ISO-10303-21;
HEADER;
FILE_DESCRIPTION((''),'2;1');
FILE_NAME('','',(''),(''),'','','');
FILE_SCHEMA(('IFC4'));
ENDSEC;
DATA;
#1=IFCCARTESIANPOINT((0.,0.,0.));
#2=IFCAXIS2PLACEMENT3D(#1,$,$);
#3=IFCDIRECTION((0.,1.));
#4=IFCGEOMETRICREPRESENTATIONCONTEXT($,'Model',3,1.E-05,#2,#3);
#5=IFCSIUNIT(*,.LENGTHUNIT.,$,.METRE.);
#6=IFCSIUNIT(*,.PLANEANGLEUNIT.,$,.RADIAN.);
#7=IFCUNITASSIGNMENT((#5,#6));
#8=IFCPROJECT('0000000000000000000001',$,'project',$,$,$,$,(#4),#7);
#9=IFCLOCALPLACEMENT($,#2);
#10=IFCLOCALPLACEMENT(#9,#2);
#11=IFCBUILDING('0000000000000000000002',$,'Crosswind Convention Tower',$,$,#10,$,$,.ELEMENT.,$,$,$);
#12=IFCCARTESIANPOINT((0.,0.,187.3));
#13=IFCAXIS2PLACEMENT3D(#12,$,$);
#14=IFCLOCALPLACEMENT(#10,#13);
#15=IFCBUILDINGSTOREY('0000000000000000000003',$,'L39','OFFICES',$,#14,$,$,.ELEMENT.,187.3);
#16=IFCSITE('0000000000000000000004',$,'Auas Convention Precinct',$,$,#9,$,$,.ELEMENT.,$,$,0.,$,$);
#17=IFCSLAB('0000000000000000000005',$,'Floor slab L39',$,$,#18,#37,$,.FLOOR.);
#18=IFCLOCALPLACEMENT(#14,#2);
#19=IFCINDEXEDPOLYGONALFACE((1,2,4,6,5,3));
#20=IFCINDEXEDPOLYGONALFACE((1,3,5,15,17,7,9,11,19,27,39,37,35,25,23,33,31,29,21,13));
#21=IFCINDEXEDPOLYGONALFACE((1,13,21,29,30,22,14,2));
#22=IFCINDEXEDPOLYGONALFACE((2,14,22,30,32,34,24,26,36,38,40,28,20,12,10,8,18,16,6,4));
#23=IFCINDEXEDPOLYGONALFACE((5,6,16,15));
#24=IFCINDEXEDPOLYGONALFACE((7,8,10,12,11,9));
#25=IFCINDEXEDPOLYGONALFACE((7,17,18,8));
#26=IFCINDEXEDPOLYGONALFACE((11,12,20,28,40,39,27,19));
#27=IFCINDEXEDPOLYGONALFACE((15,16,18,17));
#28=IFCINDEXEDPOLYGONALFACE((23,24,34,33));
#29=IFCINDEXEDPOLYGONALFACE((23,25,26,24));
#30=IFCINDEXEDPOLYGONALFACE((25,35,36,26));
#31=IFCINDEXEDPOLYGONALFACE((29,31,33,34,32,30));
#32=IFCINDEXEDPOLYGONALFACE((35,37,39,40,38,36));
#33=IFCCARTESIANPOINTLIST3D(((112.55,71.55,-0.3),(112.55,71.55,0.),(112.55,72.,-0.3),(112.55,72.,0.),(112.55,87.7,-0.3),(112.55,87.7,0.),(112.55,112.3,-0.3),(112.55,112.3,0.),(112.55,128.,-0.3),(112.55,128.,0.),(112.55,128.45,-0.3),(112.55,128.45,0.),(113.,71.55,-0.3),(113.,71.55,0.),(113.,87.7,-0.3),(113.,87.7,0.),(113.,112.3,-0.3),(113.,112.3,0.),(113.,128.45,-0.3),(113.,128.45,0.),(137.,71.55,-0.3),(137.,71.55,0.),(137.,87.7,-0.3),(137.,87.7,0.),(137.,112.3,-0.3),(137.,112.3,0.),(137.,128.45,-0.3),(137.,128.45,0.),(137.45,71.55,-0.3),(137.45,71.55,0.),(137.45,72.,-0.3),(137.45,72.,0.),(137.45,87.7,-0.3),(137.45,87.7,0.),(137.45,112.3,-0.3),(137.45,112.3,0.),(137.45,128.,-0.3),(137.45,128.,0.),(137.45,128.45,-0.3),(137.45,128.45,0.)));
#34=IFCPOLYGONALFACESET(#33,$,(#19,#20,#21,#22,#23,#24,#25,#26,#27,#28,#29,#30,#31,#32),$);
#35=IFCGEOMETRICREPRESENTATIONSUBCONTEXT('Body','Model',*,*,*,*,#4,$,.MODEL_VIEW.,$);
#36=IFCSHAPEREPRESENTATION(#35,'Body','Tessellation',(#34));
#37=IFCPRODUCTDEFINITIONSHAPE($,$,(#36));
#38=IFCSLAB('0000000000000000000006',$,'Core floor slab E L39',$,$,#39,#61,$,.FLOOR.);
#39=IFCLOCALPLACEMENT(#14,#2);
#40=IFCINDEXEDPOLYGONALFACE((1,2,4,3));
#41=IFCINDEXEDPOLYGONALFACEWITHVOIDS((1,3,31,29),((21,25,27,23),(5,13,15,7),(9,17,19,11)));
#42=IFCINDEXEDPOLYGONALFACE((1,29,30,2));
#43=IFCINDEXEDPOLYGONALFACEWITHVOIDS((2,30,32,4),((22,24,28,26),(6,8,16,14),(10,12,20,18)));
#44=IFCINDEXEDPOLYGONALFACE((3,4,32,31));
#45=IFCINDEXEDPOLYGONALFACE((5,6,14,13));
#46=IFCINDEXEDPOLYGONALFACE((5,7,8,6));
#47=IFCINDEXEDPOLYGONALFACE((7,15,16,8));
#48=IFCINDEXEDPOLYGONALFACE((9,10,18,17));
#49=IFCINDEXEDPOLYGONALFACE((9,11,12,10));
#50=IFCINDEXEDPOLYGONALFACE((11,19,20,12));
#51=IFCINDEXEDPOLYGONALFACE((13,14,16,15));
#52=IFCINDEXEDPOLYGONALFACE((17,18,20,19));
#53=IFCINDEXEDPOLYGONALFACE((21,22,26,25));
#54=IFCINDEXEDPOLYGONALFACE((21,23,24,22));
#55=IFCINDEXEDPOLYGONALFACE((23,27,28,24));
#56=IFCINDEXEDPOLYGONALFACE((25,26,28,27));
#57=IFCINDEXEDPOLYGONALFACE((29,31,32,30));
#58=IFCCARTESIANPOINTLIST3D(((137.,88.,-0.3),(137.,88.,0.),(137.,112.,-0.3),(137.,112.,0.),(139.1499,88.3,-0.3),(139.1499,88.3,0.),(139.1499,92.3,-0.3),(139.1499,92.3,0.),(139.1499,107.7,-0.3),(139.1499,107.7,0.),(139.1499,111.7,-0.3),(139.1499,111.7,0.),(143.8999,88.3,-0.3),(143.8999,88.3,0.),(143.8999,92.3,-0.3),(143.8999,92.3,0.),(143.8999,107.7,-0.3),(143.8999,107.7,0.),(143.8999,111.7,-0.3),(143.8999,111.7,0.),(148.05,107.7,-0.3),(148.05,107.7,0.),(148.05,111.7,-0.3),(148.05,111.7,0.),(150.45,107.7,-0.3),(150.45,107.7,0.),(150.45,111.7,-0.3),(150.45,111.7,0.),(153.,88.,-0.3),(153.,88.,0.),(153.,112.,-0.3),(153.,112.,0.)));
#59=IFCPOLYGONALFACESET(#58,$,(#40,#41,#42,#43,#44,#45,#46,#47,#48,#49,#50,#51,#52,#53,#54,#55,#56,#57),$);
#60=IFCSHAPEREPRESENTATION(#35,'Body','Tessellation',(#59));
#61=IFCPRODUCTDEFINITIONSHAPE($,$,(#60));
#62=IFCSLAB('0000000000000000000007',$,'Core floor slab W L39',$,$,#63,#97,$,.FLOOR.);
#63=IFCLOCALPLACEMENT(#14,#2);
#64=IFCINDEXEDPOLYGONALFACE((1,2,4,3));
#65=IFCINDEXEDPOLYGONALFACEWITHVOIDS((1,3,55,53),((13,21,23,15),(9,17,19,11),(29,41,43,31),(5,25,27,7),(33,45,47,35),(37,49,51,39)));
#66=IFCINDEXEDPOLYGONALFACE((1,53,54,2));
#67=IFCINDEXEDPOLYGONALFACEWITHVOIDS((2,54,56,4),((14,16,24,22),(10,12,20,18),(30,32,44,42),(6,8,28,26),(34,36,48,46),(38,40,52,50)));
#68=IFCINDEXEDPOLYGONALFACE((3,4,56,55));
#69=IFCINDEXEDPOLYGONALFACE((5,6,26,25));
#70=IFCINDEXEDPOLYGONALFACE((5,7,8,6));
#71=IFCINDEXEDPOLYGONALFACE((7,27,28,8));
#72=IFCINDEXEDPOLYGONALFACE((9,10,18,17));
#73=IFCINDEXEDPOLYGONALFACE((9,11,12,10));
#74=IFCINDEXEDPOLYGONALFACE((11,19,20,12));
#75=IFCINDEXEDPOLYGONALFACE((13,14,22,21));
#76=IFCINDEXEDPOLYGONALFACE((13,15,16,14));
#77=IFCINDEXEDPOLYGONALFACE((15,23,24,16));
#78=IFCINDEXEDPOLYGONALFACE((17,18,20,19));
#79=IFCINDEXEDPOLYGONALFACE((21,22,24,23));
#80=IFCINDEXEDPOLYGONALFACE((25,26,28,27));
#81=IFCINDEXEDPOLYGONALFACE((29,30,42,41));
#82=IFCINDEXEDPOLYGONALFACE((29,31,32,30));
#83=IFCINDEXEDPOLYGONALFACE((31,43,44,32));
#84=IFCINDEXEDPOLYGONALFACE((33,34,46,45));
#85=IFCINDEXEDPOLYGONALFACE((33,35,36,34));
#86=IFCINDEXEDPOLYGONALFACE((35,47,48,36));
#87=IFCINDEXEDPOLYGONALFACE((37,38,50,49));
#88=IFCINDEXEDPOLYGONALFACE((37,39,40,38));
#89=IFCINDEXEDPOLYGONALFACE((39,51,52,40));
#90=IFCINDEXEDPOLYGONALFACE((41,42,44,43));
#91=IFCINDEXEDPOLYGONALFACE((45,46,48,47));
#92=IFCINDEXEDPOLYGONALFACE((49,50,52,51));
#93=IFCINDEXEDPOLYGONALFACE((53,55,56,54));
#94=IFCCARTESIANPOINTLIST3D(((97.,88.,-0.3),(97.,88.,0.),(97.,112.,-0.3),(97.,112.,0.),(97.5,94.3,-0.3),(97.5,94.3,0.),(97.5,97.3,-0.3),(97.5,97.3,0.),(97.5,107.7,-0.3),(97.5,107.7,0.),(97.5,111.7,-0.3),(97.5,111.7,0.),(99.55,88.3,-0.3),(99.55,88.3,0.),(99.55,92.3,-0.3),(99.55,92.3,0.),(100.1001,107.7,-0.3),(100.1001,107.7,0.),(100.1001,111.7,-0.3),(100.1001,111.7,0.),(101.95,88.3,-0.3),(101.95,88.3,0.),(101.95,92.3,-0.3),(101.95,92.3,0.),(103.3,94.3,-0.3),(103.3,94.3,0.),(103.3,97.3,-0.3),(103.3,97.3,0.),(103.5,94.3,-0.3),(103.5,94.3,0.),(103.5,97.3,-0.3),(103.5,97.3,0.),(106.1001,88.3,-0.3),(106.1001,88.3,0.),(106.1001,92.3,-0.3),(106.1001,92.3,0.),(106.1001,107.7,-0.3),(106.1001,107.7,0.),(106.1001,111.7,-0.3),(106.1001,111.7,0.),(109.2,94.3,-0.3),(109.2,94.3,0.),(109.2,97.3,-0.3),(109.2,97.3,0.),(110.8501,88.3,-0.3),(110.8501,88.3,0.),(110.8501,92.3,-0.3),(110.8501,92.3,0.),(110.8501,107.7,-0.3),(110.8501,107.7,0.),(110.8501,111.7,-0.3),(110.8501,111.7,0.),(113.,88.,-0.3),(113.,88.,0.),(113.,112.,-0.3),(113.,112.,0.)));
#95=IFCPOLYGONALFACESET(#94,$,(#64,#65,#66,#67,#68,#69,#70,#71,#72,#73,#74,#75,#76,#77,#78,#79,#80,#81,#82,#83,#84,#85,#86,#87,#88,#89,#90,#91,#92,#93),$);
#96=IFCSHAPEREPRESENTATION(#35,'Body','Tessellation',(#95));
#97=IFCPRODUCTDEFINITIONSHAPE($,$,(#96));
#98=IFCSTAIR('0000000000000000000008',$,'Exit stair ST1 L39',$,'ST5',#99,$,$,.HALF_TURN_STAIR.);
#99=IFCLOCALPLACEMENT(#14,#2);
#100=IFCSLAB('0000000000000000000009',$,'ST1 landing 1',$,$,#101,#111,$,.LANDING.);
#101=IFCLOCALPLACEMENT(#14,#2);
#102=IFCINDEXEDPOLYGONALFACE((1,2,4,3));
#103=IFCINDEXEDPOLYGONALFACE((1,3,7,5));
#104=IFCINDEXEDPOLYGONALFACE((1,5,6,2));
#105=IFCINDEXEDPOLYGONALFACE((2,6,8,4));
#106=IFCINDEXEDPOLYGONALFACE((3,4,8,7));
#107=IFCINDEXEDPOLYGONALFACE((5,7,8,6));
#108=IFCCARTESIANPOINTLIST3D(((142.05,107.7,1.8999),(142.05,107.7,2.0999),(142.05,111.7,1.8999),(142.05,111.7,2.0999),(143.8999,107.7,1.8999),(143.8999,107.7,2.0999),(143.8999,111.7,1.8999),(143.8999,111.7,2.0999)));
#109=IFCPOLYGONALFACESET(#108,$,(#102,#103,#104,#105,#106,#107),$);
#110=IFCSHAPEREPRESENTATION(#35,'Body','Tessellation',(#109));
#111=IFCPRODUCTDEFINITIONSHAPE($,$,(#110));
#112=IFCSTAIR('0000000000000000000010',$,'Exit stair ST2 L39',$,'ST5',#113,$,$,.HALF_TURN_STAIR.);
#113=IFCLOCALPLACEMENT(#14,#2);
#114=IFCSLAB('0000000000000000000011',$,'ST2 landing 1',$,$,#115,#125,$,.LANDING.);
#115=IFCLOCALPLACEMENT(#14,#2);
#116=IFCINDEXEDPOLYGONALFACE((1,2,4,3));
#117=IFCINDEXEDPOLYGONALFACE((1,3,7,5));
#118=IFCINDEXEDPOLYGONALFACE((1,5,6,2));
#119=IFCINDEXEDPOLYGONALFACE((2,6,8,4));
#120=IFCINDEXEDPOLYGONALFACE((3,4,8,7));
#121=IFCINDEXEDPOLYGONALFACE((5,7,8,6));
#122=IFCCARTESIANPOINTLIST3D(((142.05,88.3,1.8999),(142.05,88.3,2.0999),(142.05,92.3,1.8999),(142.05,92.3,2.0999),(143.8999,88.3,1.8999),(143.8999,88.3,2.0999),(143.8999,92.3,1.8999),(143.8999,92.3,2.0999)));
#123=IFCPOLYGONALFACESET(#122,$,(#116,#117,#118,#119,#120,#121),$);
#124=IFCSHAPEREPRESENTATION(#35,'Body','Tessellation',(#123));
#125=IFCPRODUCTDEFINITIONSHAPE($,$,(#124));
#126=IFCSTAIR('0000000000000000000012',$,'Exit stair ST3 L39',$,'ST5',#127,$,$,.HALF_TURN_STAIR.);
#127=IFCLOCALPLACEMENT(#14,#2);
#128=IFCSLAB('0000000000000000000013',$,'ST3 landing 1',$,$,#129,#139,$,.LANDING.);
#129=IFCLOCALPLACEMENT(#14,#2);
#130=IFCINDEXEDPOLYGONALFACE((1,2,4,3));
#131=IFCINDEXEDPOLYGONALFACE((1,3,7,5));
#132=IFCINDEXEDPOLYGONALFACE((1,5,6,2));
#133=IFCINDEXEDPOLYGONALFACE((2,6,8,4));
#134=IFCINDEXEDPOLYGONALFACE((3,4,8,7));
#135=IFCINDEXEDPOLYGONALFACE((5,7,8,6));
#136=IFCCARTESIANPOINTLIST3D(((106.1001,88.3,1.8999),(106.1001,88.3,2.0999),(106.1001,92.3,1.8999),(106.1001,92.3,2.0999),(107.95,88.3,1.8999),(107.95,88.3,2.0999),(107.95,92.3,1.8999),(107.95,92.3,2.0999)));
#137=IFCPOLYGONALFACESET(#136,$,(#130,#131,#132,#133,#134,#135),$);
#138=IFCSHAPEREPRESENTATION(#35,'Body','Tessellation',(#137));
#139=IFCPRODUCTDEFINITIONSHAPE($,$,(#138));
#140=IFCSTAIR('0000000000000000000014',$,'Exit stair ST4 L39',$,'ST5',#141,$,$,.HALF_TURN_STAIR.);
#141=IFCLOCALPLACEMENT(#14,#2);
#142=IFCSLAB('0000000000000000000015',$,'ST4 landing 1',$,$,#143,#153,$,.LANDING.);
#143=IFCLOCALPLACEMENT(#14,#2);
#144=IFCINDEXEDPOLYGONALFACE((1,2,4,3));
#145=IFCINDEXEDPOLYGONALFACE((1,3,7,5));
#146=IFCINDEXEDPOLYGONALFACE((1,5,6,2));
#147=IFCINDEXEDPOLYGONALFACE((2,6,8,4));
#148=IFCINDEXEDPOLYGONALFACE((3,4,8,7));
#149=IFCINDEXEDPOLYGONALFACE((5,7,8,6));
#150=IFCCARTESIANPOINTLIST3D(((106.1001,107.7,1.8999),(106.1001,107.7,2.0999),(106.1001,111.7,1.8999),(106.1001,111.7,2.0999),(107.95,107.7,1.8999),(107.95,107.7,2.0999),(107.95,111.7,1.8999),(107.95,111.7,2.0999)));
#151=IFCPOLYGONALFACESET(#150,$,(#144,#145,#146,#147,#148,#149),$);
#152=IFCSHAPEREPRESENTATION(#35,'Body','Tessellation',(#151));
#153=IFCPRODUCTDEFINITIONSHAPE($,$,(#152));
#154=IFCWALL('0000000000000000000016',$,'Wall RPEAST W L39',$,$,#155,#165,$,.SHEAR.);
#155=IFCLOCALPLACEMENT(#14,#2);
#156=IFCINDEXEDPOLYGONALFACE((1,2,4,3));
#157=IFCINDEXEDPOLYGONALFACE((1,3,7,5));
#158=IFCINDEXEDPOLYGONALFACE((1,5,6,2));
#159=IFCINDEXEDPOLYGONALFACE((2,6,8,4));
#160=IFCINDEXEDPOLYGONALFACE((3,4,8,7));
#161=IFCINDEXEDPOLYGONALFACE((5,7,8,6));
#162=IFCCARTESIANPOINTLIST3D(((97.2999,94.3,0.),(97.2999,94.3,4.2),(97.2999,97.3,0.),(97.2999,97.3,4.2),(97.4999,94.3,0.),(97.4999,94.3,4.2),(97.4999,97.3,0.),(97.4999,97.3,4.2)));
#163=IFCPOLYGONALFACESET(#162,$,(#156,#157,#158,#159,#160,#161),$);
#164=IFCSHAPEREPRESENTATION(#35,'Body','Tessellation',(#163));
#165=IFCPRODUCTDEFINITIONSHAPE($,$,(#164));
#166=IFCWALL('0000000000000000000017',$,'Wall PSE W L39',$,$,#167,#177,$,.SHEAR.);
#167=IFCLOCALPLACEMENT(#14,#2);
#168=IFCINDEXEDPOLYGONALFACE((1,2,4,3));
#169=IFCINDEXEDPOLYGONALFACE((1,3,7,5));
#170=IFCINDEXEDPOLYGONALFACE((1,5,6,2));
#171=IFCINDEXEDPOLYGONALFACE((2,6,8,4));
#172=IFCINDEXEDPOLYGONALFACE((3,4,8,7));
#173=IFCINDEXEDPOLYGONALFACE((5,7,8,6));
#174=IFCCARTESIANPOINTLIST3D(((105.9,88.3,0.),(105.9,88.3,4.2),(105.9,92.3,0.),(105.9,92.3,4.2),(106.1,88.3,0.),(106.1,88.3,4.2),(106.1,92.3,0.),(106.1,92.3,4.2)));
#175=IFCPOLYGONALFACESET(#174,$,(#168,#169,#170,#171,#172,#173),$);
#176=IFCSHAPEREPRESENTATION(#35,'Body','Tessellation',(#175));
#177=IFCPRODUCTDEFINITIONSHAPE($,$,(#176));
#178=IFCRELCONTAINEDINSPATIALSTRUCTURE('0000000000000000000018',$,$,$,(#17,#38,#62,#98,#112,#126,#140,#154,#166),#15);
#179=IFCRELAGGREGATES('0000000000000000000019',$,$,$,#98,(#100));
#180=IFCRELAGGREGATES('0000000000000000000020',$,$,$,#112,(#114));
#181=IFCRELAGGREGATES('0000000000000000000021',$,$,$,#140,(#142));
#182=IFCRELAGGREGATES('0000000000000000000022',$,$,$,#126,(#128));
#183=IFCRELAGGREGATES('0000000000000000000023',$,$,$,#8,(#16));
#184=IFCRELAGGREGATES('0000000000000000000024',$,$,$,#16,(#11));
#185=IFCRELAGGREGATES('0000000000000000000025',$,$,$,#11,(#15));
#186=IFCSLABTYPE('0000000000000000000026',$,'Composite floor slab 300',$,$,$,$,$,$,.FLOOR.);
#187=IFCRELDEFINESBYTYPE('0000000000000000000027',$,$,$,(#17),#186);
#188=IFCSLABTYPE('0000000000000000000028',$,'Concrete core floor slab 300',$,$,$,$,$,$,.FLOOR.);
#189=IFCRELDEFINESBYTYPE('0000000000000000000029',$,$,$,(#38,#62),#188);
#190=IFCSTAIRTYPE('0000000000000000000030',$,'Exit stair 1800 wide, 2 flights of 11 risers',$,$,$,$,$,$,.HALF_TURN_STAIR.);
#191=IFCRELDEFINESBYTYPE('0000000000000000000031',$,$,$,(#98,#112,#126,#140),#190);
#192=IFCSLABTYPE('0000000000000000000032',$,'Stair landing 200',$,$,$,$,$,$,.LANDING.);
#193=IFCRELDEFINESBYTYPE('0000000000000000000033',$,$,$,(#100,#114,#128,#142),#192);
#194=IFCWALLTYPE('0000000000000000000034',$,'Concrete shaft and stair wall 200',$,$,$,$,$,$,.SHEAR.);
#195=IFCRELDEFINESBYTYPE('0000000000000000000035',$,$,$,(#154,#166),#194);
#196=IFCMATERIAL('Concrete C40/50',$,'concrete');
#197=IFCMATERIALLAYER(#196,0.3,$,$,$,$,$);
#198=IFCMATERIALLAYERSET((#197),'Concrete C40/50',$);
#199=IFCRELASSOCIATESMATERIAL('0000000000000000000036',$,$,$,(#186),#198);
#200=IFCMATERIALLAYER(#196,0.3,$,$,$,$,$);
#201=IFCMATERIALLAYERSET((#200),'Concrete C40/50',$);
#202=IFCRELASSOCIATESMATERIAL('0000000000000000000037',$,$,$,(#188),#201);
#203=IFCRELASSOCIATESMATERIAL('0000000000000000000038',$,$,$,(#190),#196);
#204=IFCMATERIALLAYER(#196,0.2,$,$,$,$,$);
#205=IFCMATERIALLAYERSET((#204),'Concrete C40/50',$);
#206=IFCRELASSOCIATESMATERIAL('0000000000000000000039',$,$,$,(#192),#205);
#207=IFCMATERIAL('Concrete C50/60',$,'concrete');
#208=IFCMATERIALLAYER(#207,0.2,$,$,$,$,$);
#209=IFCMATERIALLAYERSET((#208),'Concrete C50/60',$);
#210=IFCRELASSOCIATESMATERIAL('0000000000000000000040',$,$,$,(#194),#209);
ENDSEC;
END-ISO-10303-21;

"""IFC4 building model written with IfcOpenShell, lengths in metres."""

from ifc_helpers import new_model, si_unit, direction, frame, frame_2d, origin, place, context, subcontext, project, spatial, polyline, rectangle, outline, extrude, material, layer, layer_set, type_object, element, aggregate, save


model = new_model("IFC4")

# Units and contexts
model_context = context("Model", 3, precision=1e-05, world=origin(), true_north=direction((0.0, 1.0)))
body_context = subcontext(model_context, "Body", "Model", "MODEL_VIEW")
ifc_project = project(units=[si_unit("LENGTHUNIT", "METRE"), si_unit("PLANEANGLEUNIT", "RADIAN")], contexts=[model_context])

# Site, building, storey
site_placement = place(None, origin())
site = spatial("IfcSite", under=ifc_project, at=site_placement, Name="Auas Convention Precinct", CompositionType="ELEMENT", RefElevation=0.0)
building_placement = place(site_placement, origin())
building = spatial("IfcBuilding", under=site, at=building_placement, Name="Crosswind Convention Tower", CompositionType="ELEMENT")
storey_placement = place(building_placement, frame((0.0, 0.0, 187.3)))
storey = spatial("IfcBuildingStorey", under=building, at=storey_placement, Name="L39", Description="OFFICES", CompositionType="ELEMENT", Elevation=187.3)

# Slabs
ifc_material_1 = material(Name="Concrete C40/50", Category="concrete")
ifc_layer_1 = layer(ifc_material_1, 0.3)
ifc_layer_set_1 = layer_set([ifc_layer_1], Name="Concrete C40/50")
slab_type_1 = type_object("IfcSlabType", Name="Composite floor slab 300", PredefinedType="FLOOR", material=ifc_layer_set_1)
slab_1_placement = place(storey_placement, frame((0.0, 0.0, -0.3)))
element("IfcSlab", 1, at=slab_1_placement, inside=storey, type_object=slab_type_1, Name="Floor slab L39", PredefinedType="FLOOR", context=body_context, shape_type="SweptSolid", body=[
    extrude(outline(polyline([(137.45, 71.55), (137.0, 71.55), (113.0, 71.55), (112.55, 71.55), (112.55, 72.0), (112.55, 87.7), (113.0, 87.7), (113.0, 112.3), (112.55, 112.3), (112.55, 128.0), (112.55, 128.45), (113.0, 128.45), (137.0, 128.45), (137.45, 128.45), (137.45, 128.0), (137.45, 112.3), (137.0, 112.3), (137.0, 87.7), (137.45, 87.7), (137.45, 72.0), (137.45, 71.55)])), origin(), (0.0, 0.0, 1.0), 0.3),
])
ifc_layer_2 = layer(ifc_material_1, 0.3)
ifc_layer_set_2 = layer_set([ifc_layer_2], Name="Concrete C40/50")
slab_type_2 = type_object("IfcSlabType", Name="Concrete core floor slab 300", PredefinedType="FLOOR", material=ifc_layer_set_2)
slab_2_placement = place(storey_placement, frame((0.0, 0.0, -0.3)))
element("IfcSlab", 2, at=slab_2_placement, inside=storey, type_object=slab_type_2, Name="Core floor slab E L39", PredefinedType="FLOOR", context=body_context, shape_type="SweptSolid", body=[
    extrude(outline(polyline([(137.0, 88.0), (153.0, 88.0), (153.0, 112.0), (137.0, 112.0), (137.0, 88.0)]), holes=[polyline([(150.45, 107.7), (150.45, 111.7), (148.05, 111.7), (148.05, 107.7), (150.45, 107.7)]), polyline([(143.8999, 107.7), (143.8999, 111.7), (139.1499, 111.7), (139.1499, 107.7), (143.8999, 107.7)]), polyline([(143.8999, 88.3), (143.8999, 92.3), (139.1499, 92.3), (139.1499, 88.3), (143.8999, 88.3)])]), origin(), (0.0, 0.0, 1.0), 0.3),
])
slab_3_placement = place(storey_placement, frame((0.0, 0.0, -0.3)))
element("IfcSlab", 3, at=slab_3_placement, inside=storey, type_object=slab_type_2, Name="Core floor slab W L39", PredefinedType="FLOOR", context=body_context, shape_type="SweptSolid", body=[
    extrude(outline(polyline([(97.0, 88.0), (113.0, 88.0), (113.0, 112.0), (97.0, 112.0), (97.0, 88.0)]), holes=[polyline([(109.2, 94.3), (109.2, 97.3), (103.5, 97.3), (103.5, 94.3), (109.2, 94.3)]), polyline([(103.3, 94.3), (103.3, 97.3), (97.5, 97.3), (97.5, 94.3), (103.3, 94.3)]), polyline([(101.95, 88.3), (101.95, 92.3), (99.55, 92.3), (99.55, 88.3), (101.95, 88.3)]), polyline([(100.1001, 107.7), (100.1001, 111.7), (97.5, 111.7), (97.5, 107.7), (100.1001, 107.7)]), polyline([(110.8501, 88.3), (110.8501, 92.3), (106.1001, 92.3), (106.1001, 88.3), (110.8501, 88.3)]), polyline([(110.8501, 107.7), (110.8501, 111.7), (106.1001, 111.7), (106.1001, 107.7), (110.8501, 107.7)])]), origin(), (0.0, 0.0, 1.0), 0.3),
])

# Stairs, slabs
stair_type = type_object("IfcStairType", Name="Exit stair 1800 wide, 2 flights of 11 risers", PredefinedType="HALF_TURN_STAIR", material=ifc_material_1)
stair_1_placement = place(storey_placement, origin())
stair_1 = element("IfcStair", 4, at=stair_1_placement, inside=storey, type_object=stair_type, Name="Exit stair ST1 L39", ObjectType="ST5", PredefinedType="HALF_TURN_STAIR")
ifc_layer_3 = layer(ifc_material_1, 0.2)
ifc_layer_set_3 = layer_set([ifc_layer_3], Name="Concrete C40/50")
slab_type_3 = type_object("IfcSlabType", Name="Stair landing 200", PredefinedType="LANDING", material=ifc_layer_set_3)
slab_4_placement = place(storey_placement, frame((0.0, 0.0, 1.8999)))
slab_4 = element("IfcSlab", 5, at=slab_4_placement, type_object=slab_type_3, Name="ST1 landing 1", PredefinedType="LANDING", context=body_context, shape_type="SweptSolid", body=[
    extrude(outline(polyline([(143.8999, 107.7), (143.8999, 111.7), (142.05, 111.7), (142.05, 107.7), (143.8999, 107.7)])), origin(), (0.0, 0.0, 1.0), 0.2),
])
aggregate(stair_1, [slab_4])
stair_2_placement = place(storey_placement, origin())
stair_2 = element("IfcStair", 6, at=stair_2_placement, inside=storey, type_object=stair_type, Name="Exit stair ST2 L39", ObjectType="ST5", PredefinedType="HALF_TURN_STAIR")
slab_5_placement = place(storey_placement, frame((0.0, 0.0, 1.8999)))
slab_5 = element("IfcSlab", 7, at=slab_5_placement, type_object=slab_type_3, Name="ST2 landing 1", PredefinedType="LANDING", context=body_context, shape_type="SweptSolid", body=[
    extrude(outline(polyline([(143.8999, 88.3), (143.8999, 92.3), (142.05, 92.3), (142.05, 88.3), (143.8999, 88.3)])), origin(), (0.0, 0.0, 1.0), 0.2),
])
aggregate(stair_2, [slab_5])
stair_3_placement = place(storey_placement, origin())
stair_3 = element("IfcStair", 8, at=stair_3_placement, inside=storey, type_object=stair_type, Name="Exit stair ST3 L39", ObjectType="ST5", PredefinedType="HALF_TURN_STAIR")
slab_6_placement = place(storey_placement, frame((0.0, 0.0, 1.8999)))
slab_6 = element("IfcSlab", 9, at=slab_6_placement, type_object=slab_type_3, Name="ST3 landing 1", PredefinedType="LANDING", context=body_context, shape_type="SweptSolid", body=[
    extrude(outline(polyline([(107.95, 88.3), (107.95, 92.3), (106.1001, 92.3), (106.1001, 88.3), (107.95, 88.3)])), origin(), (0.0, 0.0, 1.0), 0.2),
])
stair_4_placement = place(storey_placement, origin())
stair_4 = element("IfcStair", 10, at=stair_4_placement, inside=storey, type_object=stair_type, Name="Exit stair ST4 L39", ObjectType="ST5", PredefinedType="HALF_TURN_STAIR")
slab_7_placement = place(storey_placement, frame((0.0, 0.0, 1.8999)))
slab_7 = element("IfcSlab", 11, at=slab_7_placement, type_object=slab_type_3, Name="ST4 landing 1", PredefinedType="LANDING", context=body_context, shape_type="SweptSolid", body=[
    extrude(outline(polyline([(107.95, 107.7), (107.95, 111.7), (106.1001, 111.7), (106.1001, 107.7), (107.95, 107.7)])), origin(), (0.0, 0.0, 1.0), 0.2),
])
aggregate(stair_4, [slab_7])

# Walls
ifc_material_2 = material(Name="Concrete C50/60", Category="concrete")
ifc_layer_4 = layer(ifc_material_2, 0.2)
ifc_layer_set_4 = layer_set([ifc_layer_4], Name="Concrete C50/60")
wall_type_1 = type_object("IfcWallType", Name="Concrete shaft and stair wall 200", PredefinedType="SHEAR", material=ifc_layer_set_4)
wall_1_placement = place(storey_placement, frame((97.3999, 97.3, 0.0), z_axis=(0.0, 0.0, 1.0), x_axis=(0.0, -1.0, 0.0)))
element("IfcWall", 12, at=wall_1_placement, inside=storey, type_object=wall_type_1, Name="Wall RPEAST W L39", PredefinedType="SHEAR", context=body_context, shape_type="SweptSolid", body=[
    extrude(rectangle(XDim=3.0, YDim=0.2, at=frame_2d((1.5, 0.0))), origin(), (0.0, 0.0, 1.0), 4.2),
])
wall_2_placement = place(storey_placement, frame((106.0, 92.3, 0.0), z_axis=(0.0, 0.0, 1.0), x_axis=(0.0, -1.0, 0.0)))
element("IfcWall", 13, at=wall_2_placement, inside=storey, type_object=wall_type_1, Name="Wall PSE W L39", PredefinedType="SHEAR", context=body_context, shape_type="SweptSolid", body=[
    extrude(rectangle(XDim=4.0, YDim=0.2, at=frame_2d((2.0, 0.0))), origin(), (0.0, 0.0, 1.0), 4.2),
])

aggregate(stair_3, [slab_6])

save(model, "model.ifc")
